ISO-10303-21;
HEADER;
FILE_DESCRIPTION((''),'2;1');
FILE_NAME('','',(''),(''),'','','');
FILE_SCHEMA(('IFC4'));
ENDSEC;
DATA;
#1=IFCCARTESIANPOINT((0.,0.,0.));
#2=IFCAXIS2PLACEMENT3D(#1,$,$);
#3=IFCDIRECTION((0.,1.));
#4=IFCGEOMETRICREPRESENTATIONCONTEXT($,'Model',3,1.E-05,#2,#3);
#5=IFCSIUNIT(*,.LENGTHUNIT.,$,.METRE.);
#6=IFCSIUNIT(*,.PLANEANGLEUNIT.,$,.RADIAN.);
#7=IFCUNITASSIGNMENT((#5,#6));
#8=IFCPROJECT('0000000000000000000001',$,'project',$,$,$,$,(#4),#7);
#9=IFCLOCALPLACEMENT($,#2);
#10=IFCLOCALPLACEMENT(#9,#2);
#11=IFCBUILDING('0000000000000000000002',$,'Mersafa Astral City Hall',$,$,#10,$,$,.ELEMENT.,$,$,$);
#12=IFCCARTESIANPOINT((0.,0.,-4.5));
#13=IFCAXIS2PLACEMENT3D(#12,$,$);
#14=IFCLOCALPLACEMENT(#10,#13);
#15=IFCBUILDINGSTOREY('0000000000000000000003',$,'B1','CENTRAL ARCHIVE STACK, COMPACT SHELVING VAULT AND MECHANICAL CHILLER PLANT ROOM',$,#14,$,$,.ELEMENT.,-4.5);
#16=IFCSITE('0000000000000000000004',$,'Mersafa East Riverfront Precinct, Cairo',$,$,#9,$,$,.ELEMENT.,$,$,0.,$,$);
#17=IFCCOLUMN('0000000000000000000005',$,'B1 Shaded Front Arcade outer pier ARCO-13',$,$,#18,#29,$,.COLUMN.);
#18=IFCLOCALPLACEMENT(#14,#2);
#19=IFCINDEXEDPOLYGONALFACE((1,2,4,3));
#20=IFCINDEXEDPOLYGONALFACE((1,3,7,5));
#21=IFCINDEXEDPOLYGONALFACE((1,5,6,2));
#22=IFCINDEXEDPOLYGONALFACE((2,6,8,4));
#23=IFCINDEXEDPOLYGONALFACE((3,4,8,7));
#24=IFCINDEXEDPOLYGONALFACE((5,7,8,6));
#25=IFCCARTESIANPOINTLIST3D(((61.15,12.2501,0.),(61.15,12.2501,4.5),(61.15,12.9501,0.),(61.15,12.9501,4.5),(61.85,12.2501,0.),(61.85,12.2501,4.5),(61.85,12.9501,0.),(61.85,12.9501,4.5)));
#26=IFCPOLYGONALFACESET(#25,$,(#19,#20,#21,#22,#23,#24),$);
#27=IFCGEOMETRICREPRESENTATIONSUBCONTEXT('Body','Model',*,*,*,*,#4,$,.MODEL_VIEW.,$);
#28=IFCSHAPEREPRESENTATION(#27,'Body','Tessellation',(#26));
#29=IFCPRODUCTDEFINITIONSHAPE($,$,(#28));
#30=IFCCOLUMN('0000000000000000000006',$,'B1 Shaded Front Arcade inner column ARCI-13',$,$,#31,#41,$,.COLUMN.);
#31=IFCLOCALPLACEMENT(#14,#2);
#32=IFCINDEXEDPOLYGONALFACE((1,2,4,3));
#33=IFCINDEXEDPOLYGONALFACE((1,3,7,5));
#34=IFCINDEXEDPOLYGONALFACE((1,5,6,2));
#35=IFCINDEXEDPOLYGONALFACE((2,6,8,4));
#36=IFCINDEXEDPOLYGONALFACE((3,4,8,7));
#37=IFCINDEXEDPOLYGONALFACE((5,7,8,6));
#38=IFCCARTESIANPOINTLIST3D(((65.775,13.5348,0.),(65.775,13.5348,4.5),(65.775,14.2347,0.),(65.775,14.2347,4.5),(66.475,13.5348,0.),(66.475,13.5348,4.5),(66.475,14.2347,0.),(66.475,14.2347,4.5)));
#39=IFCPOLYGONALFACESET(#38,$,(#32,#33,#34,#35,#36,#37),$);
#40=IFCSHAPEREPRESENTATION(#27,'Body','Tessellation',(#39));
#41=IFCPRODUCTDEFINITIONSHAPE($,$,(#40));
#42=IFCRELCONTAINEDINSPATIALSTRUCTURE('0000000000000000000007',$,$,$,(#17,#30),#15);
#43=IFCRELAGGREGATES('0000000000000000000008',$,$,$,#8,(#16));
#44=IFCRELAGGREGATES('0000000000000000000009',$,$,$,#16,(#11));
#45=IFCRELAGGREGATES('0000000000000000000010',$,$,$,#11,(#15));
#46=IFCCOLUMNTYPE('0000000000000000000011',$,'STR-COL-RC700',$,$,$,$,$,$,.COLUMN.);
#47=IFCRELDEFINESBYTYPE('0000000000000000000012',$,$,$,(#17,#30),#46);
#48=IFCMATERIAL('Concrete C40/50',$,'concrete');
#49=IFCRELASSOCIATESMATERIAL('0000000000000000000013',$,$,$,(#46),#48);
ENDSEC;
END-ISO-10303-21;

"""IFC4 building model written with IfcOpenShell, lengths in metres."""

from ifc_helpers import new_model, si_unit, direction, frame, origin, origin_2d, place, context, subcontext, project, spatial, rectangle, extrude, material, material_profile, profile_set, type_object, element, save


model = new_model("IFC4")

# Units and contexts
model_context = context("Model", 3, precision=1e-05, world=origin(), true_north=direction((0.0, 1.0)))
body_context = subcontext(model_context, "Body", "Model", "MODEL_VIEW")
ifc_project = project(units=[si_unit("LENGTHUNIT", "METRE"), si_unit("PLANEANGLEUNIT", "RADIAN")], contexts=[model_context])

# Site, building, storey
site_placement = place(None, origin())
site = spatial("IfcSite", under=ifc_project, at=site_placement, Name="Mersafa East Riverfront Precinct, Cairo", CompositionType="ELEMENT", RefElevation=0.0)
building_placement = place(site_placement, origin())
building = spatial("IfcBuilding", under=site, at=building_placement, Name="Mersafa Astral City Hall", CompositionType="ELEMENT")
storey_placement = place(building_placement, frame((0.0, 0.0, -4.5)))
storey = spatial("IfcBuildingStorey", under=building, at=storey_placement, Name="B1", Description="CENTRAL ARCHIVE STACK, COMPACT SHELVING VAULT AND MECHANICAL CHILLER PLANT ROOM", CompositionType="ELEMENT", Elevation=-4.5)

# Shared definitions
ifc_material = material(Name="Concrete C40/50", Category="concrete")

# Columns
ifc_material_profile_1 = material_profile(ifc_material, rectangle(XDim=0.7, YDim=0.7, at=origin_2d()), Name="RC 700x700")
ifc_profile_set_1 = profile_set([ifc_material_profile_1], Name="Concrete C40/50")
column_type_1 = type_object("IfcColumnType", Name="STR-COL-RC700", PredefinedType="COLUMN", material=ifc_profile_set_1)
for number, where, z_axis, x_axis, name in (
    (1, (61.5, 12.6001, 0.0), (0.0, 0.0, 1.0), (1.0, 0.0, 0.0), "B1 Shaded Front Arcade outer pier ARCO-13"),
    (2, (66.125, 13.8848, 0.0), (0.0, 0.0, 1.0), (1.0, 0.0, 0.0), "B1 Shaded Front Arcade inner column ARCI-13"),
):
    element("IfcColumn", number, at=place(storey_placement, frame(where, z_axis=z_axis, x_axis=x_axis)), inside=storey, type_object=column_type_1, Name=name, PredefinedType="COLUMN", context=body_context, shape_type="SweptSolid", body=[
        extrude(rectangle(XDim=0.7, YDim=0.7, at=origin_2d()), origin(), (0.0, 0.0, 1.0), 4.5),
    ])

save(model, "model.ifc")
